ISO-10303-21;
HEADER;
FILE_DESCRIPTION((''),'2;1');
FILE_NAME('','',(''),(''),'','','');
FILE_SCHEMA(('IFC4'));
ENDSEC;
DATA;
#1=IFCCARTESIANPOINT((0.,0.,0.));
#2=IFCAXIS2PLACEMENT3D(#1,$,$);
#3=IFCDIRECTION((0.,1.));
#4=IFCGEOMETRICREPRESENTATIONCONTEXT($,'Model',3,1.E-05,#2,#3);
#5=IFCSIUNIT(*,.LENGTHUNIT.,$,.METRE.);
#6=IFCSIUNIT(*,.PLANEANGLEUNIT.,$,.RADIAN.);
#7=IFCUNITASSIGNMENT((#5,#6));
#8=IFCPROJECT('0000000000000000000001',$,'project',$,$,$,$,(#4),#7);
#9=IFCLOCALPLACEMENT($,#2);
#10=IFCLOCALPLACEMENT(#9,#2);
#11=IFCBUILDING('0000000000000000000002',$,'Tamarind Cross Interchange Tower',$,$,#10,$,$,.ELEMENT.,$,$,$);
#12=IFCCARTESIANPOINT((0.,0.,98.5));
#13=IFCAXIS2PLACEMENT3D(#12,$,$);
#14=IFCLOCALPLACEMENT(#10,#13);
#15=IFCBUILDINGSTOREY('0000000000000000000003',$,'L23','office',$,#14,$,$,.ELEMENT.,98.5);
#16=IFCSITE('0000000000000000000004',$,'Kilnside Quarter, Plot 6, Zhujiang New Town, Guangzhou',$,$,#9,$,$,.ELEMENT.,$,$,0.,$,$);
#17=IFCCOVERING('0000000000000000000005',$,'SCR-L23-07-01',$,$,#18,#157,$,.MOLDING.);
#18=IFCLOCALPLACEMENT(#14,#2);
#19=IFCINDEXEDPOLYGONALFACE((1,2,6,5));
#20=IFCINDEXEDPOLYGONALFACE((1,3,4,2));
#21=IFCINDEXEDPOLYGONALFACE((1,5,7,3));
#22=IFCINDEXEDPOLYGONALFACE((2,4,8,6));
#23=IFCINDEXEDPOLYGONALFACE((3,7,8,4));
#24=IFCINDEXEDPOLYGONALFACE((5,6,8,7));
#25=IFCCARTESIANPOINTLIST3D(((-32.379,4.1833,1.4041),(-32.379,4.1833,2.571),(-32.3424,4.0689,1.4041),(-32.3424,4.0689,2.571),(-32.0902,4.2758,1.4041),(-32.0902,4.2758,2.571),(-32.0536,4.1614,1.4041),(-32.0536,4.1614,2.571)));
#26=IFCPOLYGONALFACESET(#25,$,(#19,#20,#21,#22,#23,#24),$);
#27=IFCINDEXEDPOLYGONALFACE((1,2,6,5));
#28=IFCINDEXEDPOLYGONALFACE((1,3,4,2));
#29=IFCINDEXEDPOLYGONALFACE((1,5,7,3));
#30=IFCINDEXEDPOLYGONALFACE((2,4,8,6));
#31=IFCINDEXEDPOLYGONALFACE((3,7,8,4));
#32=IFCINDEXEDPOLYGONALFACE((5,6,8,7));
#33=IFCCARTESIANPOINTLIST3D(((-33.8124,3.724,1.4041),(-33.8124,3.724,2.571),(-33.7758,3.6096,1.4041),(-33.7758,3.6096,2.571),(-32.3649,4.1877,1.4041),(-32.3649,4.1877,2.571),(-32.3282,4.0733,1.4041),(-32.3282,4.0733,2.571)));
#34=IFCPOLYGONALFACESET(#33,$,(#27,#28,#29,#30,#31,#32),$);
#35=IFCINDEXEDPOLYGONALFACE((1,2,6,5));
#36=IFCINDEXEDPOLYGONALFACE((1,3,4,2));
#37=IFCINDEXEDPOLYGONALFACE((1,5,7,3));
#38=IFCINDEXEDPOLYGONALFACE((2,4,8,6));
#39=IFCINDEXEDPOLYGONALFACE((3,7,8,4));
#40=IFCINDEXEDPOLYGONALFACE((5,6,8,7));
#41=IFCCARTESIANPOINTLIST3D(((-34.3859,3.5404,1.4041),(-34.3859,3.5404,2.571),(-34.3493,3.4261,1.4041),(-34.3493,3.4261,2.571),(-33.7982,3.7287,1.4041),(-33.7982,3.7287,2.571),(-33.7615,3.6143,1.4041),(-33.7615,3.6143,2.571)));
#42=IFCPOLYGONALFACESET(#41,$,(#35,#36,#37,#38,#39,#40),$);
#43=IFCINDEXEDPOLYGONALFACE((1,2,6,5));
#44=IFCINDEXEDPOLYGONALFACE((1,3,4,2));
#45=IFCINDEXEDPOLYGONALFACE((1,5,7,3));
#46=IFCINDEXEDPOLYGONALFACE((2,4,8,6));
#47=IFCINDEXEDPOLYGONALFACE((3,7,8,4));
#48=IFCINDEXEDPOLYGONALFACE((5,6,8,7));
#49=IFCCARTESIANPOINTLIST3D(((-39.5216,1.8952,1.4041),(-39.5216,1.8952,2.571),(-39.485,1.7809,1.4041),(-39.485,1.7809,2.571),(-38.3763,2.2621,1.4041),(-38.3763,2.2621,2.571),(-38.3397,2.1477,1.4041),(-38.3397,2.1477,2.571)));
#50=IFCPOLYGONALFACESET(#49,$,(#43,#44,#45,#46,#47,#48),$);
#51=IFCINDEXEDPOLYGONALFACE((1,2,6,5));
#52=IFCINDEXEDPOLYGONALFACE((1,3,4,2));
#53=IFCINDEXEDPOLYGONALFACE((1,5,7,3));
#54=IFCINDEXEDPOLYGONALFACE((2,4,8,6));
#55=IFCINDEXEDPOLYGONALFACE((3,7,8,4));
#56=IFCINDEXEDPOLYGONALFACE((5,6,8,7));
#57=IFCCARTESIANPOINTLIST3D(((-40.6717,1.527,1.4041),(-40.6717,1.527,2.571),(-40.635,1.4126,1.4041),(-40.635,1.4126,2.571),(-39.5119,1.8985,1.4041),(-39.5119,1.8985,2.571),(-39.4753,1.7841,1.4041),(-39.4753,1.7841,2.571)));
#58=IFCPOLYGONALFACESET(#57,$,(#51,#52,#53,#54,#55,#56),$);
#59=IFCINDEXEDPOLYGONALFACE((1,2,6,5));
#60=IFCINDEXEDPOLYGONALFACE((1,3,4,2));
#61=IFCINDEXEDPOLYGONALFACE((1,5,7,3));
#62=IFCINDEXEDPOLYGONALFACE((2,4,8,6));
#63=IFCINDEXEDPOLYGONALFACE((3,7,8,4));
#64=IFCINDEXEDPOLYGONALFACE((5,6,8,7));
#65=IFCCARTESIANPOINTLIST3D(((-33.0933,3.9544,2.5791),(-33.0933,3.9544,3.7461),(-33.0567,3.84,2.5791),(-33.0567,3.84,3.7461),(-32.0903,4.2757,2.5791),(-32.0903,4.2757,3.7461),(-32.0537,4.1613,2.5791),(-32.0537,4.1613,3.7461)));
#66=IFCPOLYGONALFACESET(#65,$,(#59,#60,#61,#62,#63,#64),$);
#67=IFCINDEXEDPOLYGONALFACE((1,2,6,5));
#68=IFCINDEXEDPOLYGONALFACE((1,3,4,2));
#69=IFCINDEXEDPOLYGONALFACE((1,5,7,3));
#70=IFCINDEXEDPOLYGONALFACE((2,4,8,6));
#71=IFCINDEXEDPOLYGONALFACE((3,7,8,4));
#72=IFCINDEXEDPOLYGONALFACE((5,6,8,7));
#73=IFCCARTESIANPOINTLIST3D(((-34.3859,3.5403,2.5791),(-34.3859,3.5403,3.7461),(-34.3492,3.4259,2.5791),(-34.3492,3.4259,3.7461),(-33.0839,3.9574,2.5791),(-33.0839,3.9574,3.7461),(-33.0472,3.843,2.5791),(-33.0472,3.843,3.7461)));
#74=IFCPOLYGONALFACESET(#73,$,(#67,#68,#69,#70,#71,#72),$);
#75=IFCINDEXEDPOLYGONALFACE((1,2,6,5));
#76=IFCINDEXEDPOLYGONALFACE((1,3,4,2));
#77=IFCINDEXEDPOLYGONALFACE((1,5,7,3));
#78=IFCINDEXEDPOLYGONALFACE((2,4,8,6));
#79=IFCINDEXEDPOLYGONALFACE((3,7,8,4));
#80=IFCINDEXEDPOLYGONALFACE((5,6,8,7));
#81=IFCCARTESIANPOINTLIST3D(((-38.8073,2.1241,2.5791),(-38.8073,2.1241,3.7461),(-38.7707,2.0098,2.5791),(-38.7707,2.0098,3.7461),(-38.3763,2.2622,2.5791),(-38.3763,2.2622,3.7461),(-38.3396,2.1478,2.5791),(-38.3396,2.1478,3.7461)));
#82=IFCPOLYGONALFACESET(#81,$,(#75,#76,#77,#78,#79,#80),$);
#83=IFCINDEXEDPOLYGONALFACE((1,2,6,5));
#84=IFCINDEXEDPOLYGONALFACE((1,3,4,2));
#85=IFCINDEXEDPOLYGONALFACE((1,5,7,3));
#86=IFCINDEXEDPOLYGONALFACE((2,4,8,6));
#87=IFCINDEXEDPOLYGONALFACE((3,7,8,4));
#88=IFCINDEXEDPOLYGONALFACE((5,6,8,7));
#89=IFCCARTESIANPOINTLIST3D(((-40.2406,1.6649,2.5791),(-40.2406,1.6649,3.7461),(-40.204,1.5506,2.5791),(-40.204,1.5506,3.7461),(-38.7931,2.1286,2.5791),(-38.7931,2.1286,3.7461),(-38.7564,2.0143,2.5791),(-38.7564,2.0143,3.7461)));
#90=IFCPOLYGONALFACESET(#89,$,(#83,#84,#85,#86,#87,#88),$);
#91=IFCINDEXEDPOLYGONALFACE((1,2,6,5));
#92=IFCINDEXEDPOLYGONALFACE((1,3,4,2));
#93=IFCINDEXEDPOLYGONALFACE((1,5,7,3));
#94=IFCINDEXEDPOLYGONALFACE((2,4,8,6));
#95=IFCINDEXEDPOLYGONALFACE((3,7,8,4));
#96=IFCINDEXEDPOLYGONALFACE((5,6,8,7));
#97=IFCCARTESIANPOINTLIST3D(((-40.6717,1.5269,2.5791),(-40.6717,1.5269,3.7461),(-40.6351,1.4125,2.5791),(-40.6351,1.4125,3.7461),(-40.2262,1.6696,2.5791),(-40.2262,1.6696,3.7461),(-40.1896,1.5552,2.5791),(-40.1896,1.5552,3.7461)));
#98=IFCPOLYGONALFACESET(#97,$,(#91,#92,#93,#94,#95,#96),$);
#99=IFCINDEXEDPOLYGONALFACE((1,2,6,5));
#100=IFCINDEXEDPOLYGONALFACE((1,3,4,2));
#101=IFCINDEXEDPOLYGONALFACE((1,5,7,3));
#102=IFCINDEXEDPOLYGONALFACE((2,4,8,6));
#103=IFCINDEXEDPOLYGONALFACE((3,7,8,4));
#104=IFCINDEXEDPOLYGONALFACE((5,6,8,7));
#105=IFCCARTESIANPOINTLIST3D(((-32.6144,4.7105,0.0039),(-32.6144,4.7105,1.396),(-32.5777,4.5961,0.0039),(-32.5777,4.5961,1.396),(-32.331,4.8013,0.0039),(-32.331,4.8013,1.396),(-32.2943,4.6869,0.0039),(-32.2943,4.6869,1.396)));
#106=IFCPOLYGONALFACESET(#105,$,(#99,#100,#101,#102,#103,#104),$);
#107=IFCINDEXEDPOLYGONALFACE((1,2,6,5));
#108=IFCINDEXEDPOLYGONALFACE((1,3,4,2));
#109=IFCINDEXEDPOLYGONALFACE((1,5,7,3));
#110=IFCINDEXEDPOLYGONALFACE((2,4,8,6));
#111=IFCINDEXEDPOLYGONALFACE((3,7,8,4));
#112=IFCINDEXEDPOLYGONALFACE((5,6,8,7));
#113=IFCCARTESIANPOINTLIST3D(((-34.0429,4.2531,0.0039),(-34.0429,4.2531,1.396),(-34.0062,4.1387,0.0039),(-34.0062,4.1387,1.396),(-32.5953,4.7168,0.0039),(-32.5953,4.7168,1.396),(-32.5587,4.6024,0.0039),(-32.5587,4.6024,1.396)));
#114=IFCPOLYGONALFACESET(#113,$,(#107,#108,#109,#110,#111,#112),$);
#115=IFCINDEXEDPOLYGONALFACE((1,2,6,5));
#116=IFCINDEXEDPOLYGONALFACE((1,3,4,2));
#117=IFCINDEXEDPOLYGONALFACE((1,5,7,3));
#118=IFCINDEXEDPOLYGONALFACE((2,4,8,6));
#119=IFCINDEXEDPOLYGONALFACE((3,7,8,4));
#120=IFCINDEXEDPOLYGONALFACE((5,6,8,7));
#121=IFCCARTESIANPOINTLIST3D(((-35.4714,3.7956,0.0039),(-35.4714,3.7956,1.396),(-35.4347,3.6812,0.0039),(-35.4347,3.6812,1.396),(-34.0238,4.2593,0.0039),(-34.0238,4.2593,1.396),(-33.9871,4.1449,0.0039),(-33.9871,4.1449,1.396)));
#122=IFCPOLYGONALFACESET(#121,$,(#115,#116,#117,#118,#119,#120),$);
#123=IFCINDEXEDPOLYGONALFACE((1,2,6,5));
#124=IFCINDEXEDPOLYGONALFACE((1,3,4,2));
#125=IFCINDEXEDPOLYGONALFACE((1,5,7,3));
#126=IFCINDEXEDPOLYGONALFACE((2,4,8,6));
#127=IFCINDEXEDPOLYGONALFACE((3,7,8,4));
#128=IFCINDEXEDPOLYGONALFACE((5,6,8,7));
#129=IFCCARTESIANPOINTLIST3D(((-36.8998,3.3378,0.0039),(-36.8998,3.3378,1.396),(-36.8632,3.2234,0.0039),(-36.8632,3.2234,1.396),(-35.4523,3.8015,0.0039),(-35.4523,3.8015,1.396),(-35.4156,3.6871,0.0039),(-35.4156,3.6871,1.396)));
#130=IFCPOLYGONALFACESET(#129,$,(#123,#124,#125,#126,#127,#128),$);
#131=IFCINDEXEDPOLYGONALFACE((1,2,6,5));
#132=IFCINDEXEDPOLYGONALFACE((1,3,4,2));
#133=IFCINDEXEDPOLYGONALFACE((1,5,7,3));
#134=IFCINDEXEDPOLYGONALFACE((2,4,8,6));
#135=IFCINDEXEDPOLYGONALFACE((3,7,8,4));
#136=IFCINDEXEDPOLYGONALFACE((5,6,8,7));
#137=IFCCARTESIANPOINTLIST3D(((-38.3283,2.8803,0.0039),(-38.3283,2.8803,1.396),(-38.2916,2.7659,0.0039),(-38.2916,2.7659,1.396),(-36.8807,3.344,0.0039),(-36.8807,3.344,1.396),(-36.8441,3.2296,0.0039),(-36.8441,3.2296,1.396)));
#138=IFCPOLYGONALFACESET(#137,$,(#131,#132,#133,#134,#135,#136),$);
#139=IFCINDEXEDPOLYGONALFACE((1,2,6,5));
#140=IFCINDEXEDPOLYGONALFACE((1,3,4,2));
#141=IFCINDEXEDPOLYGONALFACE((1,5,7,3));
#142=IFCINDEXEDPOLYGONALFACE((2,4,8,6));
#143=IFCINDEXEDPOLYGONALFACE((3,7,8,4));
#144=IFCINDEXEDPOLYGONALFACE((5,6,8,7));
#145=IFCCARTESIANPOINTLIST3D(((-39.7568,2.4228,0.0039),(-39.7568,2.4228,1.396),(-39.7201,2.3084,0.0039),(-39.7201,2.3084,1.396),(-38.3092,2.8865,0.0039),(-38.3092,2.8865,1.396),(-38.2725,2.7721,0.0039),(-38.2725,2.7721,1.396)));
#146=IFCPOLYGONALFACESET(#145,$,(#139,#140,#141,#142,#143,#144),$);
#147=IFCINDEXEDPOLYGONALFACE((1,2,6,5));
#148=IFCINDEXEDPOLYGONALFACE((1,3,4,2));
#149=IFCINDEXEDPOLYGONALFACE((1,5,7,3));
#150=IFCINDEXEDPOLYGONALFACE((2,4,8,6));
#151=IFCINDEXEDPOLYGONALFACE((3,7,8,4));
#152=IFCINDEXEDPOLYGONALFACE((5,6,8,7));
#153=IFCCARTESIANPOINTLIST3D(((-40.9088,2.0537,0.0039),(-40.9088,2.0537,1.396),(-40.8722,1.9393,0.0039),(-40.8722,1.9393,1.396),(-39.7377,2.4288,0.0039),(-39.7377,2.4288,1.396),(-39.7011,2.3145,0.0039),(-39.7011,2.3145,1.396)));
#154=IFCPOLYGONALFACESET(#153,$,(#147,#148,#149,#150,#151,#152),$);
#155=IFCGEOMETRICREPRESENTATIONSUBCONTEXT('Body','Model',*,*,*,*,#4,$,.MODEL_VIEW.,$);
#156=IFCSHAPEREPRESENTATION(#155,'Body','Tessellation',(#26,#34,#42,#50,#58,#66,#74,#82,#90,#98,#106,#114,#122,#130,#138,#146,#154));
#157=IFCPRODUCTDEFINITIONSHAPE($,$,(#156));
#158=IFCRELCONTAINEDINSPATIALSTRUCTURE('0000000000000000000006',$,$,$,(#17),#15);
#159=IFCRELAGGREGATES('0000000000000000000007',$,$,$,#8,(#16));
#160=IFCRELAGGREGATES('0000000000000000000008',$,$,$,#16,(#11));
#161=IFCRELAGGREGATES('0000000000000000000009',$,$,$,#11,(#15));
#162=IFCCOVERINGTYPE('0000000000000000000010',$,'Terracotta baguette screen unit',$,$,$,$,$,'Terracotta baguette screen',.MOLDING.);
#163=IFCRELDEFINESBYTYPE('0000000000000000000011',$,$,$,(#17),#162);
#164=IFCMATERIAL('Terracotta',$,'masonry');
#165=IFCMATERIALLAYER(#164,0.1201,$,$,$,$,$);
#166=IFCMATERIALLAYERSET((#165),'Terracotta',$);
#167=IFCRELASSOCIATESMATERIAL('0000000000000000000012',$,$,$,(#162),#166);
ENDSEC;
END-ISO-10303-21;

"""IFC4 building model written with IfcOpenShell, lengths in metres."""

from ifc_helpers import new_model, si_unit, direction, frame, origin, origin_2d, place, context, subcontext, project, spatial, rectangle, extrude, material, layer, layer_set, type_object, element, save


model = new_model("IFC4")

# Units and contexts
model_context = context("Model", 3, precision=1e-05, world=origin(), true_north=direction((0.0, 1.0)))
body_context = subcontext(model_context, "Body", "Model", "MODEL_VIEW")
ifc_project = project(units=[si_unit("LENGTHUNIT", "METRE"), si_unit("PLANEANGLEUNIT", "RADIAN")], contexts=[model_context])

# Site, building, storey
site_placement = place(None, origin())
site = spatial("IfcSite", under=ifc_project, at=site_placement, Name="Kilnside Quarter, Plot 6, Zhujiang New Town, Guangzhou", CompositionType="ELEMENT", RefElevation=0.0)
building_placement = place(site_placement, origin())
building = spatial("IfcBuilding", under=site, at=building_placement, Name="Tamarind Cross Interchange Tower", CompositionType="ELEMENT")
storey_placement = place(building_placement, frame((0.0, 0.0, 98.5)))
storey = spatial("IfcBuildingStorey", under=building, at=storey_placement, Name="L23", Description="office", CompositionType="ELEMENT", Elevation=98.5)

# Covering
ifc_material_1 = material(Name="Terracotta", Category="masonry")
ifc_layer_1 = layer(ifc_material_1, 0.1201)
ifc_layer_set_1 = layer_set([ifc_layer_1], Name="Terracotta")
covering_type = type_object("IfcCoveringType", Name="Terracotta baguette screen unit", ElementType="Terracotta baguette screen", PredefinedType="MOLDING", material=ifc_layer_set_1)
covering_1_placement = place(storey_placement, origin())
element("IfcCovering", 1, at=covering_1_placement, inside=storey, type_object=covering_type, Name="SCR-L23-07-01", PredefinedType="MOLDING", context=body_context, shape_type="SweptSolid", body=[
    extrude(rectangle(XDim=0.3032, YDim=0.1201, at=origin_2d()), frame((-32.2163, 4.1724, 1.4041), z_axis=(0.0, 0.0, 1.0), x_axis=(-0.952334, -0.305057, 0.0)), (0.0, 0.0, 1.0), 1.167),
    extrude(rectangle(XDim=1.52, YDim=0.1201, at=origin_2d()), frame((-33.0703, 3.8987, 1.4041), z_axis=(0.0, 0.0, 1.0), x_axis=(-0.952334, -0.305057, 0.0)), (0.0, 0.0, 1.0), 1.167),
    extrude(rectangle(XDim=0.6172, YDim=0.1201, at=origin_2d()), frame((-34.0737, 3.5774, 1.4041), z_axis=(0.0, 0.0, 1.0), x_axis=(-0.952334, -0.305057, 0.0)), (0.0, 0.0, 1.0), 1.167),
    extrude(rectangle(XDim=1.2026, YDim=0.1201, at=origin_2d()), frame((-38.9307, 2.0215, 1.4041), z_axis=(0.0, 0.0, 1.0), x_axis=(-0.952334, -0.305057, 0.0)), (0.0, 0.0, 1.0), 1.167),
    extrude(rectangle(XDim=1.2178, YDim=0.1201, at=origin_2d()), frame((-40.0735, 1.6555, 1.4041), z_axis=(0.0, 0.0, 1.0), x_axis=(-0.952334, -0.305057, 0.0)), (0.0, 0.0, 1.0), 1.167),
    extrude(rectangle(XDim=1.0532, YDim=0.1201, at=origin_2d()), frame((-32.5735, 4.0579, 2.5791), z_axis=(0.0, 0.0, 1.0), x_axis=(-0.952334, -0.305057, 0.0)), (0.0, 0.0, 1.0), 1.167),
    extrude(rectangle(XDim=1.3672, YDim=0.1201, at=origin_2d()), frame((-33.7166, 3.6917, 2.5791), z_axis=(0.0, 0.0, 1.0), x_axis=(-0.952334, -0.305057, 0.0)), (0.0, 0.0, 1.0), 1.167),
    extrude(rectangle(XDim=0.4526, YDim=0.1201, at=origin_2d()), frame((-38.5735, 2.136, 2.5791), z_axis=(0.0, 0.0, 1.0), x_axis=(-0.952334, -0.305057, 0.0)), (0.0, 0.0, 1.0), 1.167),
    extrude(rectangle(XDim=1.52, YDim=0.1201, at=origin_2d()), frame((-39.4985, 1.8396, 2.5791), z_axis=(0.0, 0.0, 1.0), x_axis=(-0.952334, -0.305057, 0.0)), (0.0, 0.0, 1.0), 1.167),
    extrude(rectangle(XDim=0.4678, YDim=0.1201, at=origin_2d()), frame((-40.4307, 1.541, 2.5791), z_axis=(0.0, 0.0, 1.0), x_axis=(-0.952334, -0.305057, 0.0)), (0.0, 0.0, 1.0), 1.167),
    extrude(rectangle(XDim=0.2976, YDim=0.1201, at=origin_2d()), frame((-32.4543, 4.6987, 0.0039), z_axis=(0.0, 0.0, 1.0), x_axis=(-0.952334, -0.305057, 0.0)), (0.0, 0.0, 1.0), 1.3921),
    extrude(rectangle(XDim=1.52, YDim=0.1201, at=origin_2d()), frame((-33.3008, 4.4277, 0.0039), z_axis=(0.0, 0.0, 1.0), x_axis=(-0.952334, -0.305057, 0.0)), (0.0, 0.0, 1.0), 1.3921),
    extrude(rectangle(XDim=1.52, YDim=0.1201, at=origin_2d()), frame((-34.7292, 3.9702, 0.0039), z_axis=(0.0, 0.0, 1.0), x_axis=(-0.952334, -0.305057, 0.0)), (0.0, 0.0, 1.0), 1.3921),
    extrude(rectangle(XDim=1.52, YDim=0.1201, at=origin_2d()), frame((-36.1577, 3.5125, 0.0039), z_axis=(0.0, 0.0, 1.0), x_axis=(-0.952334, -0.305057, 0.0)), (0.0, 0.0, 1.0), 1.3921),
    extrude(rectangle(XDim=1.52, YDim=0.1201, at=origin_2d()), frame((-37.5862, 3.0549, 0.0039), z_axis=(0.0, 0.0, 1.0), x_axis=(-0.952334, -0.305057, 0.0)), (0.0, 0.0, 1.0), 1.3921),
    extrude(rectangle(XDim=1.52, YDim=0.1201, at=origin_2d()), frame((-39.0146, 2.5974, 0.0039), z_axis=(0.0, 0.0, 1.0), x_axis=(-0.952334, -0.305057, 0.0)), (0.0, 0.0, 1.0), 1.3921),
    extrude(rectangle(XDim=1.2297, YDim=0.1201, at=origin_2d()), frame((-40.3049, 2.1841, 0.0039), z_axis=(0.0, 0.0, 1.0), x_axis=(-0.952334, -0.305057, 0.0)), (0.0, 0.0, 1.0), 1.3921),
])

save(model, "model.ifc")
